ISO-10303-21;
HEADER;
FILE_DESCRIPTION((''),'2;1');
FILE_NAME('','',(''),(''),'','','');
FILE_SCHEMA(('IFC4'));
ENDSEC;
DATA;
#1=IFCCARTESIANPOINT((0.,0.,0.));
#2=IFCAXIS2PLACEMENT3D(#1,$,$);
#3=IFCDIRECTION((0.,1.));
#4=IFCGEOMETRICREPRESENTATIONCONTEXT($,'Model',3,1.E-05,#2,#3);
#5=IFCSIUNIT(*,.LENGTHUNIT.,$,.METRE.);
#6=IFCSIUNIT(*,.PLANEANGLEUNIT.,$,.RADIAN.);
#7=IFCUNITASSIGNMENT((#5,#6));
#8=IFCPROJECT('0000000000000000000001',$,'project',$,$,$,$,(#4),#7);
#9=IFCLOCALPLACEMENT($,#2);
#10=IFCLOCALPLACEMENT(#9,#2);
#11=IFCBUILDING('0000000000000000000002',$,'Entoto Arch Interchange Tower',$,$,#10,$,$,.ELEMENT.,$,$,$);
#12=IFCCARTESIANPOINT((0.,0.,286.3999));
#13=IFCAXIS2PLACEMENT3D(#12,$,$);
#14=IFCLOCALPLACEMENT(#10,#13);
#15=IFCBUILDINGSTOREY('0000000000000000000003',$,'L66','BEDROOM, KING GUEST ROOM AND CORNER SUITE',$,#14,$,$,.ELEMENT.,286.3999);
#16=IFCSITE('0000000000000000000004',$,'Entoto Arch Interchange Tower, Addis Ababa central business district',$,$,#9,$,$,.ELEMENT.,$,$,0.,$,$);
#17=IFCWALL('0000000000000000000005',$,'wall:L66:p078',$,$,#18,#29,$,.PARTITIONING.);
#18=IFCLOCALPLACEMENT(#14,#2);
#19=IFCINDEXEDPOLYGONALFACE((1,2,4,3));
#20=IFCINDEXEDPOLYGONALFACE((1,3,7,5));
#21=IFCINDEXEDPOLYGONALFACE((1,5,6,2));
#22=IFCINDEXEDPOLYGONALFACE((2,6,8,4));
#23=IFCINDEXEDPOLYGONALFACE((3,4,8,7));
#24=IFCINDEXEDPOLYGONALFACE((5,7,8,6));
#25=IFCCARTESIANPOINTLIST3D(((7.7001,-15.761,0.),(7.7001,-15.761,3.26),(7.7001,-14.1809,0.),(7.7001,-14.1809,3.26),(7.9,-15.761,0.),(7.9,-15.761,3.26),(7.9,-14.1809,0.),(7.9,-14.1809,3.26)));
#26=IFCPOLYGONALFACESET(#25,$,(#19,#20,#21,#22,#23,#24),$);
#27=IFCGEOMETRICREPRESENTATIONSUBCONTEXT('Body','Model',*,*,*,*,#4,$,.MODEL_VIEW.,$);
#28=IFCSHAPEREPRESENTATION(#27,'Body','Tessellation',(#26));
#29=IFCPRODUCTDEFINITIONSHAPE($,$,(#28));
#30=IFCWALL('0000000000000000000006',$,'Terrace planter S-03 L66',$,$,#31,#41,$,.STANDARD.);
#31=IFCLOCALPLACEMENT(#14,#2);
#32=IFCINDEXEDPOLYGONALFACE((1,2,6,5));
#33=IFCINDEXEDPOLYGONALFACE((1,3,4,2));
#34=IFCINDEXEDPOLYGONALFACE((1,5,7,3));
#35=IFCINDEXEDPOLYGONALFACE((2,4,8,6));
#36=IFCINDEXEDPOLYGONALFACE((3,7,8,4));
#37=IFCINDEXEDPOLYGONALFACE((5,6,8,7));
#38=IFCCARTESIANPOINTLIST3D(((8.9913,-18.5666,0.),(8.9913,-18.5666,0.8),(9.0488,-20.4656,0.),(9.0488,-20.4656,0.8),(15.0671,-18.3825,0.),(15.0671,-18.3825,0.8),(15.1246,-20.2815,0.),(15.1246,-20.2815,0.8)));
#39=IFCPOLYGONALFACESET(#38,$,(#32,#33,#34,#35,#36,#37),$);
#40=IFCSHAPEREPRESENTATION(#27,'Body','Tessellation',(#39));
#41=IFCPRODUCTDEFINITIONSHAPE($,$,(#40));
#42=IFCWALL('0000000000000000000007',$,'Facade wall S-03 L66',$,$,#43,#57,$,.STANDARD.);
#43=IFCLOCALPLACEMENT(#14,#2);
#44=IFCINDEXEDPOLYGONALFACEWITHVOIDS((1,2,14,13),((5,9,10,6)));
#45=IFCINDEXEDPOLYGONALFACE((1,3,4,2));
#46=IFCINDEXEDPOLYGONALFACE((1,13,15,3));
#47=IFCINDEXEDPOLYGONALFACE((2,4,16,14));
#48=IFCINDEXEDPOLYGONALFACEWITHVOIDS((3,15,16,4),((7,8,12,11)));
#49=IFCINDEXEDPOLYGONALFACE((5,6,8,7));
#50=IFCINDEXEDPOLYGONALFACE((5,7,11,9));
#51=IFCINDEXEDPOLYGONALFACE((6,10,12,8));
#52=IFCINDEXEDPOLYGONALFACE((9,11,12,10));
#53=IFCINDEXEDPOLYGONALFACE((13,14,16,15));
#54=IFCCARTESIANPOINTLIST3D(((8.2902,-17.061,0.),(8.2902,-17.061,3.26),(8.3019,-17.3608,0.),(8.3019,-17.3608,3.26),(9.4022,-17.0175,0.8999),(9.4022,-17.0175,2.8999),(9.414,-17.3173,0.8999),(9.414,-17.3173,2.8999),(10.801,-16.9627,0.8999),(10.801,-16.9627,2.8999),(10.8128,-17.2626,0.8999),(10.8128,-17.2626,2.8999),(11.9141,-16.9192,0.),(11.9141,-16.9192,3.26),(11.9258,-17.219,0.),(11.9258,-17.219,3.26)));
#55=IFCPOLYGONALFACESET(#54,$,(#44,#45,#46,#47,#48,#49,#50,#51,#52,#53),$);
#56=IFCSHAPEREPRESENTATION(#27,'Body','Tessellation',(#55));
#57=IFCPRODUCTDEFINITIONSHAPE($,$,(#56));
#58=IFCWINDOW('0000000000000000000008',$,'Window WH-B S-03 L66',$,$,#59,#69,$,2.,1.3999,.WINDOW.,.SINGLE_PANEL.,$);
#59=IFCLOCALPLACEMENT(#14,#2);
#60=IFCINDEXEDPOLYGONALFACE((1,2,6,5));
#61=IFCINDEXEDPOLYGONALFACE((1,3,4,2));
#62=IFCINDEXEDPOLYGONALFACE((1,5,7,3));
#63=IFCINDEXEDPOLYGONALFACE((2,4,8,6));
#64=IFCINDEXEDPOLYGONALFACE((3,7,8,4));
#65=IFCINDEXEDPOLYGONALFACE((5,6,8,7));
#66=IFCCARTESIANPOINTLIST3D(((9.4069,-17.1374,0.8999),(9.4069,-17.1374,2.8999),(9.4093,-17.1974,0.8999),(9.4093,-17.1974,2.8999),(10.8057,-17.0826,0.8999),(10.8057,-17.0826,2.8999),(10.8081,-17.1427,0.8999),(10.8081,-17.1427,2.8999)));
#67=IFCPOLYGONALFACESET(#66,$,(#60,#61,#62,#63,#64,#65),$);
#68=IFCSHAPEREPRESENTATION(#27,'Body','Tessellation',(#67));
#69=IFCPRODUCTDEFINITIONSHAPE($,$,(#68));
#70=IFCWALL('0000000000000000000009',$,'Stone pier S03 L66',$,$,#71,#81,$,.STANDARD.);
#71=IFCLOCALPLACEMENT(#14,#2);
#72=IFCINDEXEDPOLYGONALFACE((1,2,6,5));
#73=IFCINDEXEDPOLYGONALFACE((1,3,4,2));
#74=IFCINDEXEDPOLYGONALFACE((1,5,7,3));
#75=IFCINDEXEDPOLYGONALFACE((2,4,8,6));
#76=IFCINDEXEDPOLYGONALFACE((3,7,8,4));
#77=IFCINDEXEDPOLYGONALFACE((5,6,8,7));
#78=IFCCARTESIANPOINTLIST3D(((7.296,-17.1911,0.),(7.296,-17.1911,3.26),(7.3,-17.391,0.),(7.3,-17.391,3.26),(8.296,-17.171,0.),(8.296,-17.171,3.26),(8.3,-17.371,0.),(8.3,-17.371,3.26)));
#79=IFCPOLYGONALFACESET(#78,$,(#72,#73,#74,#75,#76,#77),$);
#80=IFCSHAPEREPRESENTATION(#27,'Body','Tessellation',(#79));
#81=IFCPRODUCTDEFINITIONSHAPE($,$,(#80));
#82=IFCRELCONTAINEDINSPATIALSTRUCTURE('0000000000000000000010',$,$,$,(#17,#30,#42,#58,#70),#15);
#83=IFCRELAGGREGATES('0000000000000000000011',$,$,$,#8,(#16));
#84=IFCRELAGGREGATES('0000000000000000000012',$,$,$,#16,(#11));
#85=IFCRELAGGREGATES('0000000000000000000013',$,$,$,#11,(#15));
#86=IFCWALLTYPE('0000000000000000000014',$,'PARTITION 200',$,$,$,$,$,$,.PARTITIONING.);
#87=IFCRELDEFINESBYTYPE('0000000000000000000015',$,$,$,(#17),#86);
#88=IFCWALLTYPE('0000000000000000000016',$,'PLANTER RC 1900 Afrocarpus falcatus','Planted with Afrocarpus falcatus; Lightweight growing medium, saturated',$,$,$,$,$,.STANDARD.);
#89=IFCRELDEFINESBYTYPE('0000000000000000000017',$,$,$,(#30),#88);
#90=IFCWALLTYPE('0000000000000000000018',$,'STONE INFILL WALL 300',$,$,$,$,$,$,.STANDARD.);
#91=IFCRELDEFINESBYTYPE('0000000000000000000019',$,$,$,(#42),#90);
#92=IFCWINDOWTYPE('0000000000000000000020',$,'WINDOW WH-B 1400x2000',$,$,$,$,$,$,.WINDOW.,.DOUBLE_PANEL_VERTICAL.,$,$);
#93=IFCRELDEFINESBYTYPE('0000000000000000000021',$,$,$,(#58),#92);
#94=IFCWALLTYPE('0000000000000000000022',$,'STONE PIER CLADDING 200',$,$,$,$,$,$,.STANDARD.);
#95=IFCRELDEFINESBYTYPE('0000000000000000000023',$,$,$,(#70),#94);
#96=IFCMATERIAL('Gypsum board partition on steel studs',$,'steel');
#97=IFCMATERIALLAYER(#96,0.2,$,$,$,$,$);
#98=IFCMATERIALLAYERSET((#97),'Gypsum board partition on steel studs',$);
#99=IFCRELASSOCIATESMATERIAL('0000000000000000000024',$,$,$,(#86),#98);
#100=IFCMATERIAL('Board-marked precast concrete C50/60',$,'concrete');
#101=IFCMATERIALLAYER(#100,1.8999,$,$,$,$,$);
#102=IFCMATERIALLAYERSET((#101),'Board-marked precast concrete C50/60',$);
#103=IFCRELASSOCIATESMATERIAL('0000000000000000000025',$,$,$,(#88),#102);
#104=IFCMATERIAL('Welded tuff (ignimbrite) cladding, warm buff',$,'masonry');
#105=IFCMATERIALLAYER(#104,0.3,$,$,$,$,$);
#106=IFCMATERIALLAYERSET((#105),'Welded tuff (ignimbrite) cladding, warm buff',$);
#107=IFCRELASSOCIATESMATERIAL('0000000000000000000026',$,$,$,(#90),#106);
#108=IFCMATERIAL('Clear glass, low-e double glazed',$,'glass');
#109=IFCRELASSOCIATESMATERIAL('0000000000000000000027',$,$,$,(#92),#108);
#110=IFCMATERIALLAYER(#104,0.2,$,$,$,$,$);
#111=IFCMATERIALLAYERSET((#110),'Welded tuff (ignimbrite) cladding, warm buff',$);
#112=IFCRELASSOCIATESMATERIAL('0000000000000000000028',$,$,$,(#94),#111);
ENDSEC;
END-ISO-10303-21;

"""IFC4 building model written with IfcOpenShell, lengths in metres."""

from ifc_helpers import new_model, si_unit, direction, frame, frame_2d, origin, place, context, subcontext, project, spatial, rectangle, extrude, material, layer, layer_set, type_object, element, fill, save


model = new_model("IFC4")

# Units and contexts
model_context = context("Model", 3, precision=1e-05, world=origin(), true_north=direction((0.0, 1.0)))
body_context = subcontext(model_context, "Body", "Model", "MODEL_VIEW")
ifc_project = project(units=[si_unit("LENGTHUNIT", "METRE"), si_unit("PLANEANGLEUNIT", "RADIAN")], contexts=[model_context])

# Site, building, storey
site_placement = place(None, origin())
site = spatial("IfcSite", under=ifc_project, at=site_placement, Name="Entoto Arch Interchange Tower, Addis Ababa central business district", CompositionType="ELEMENT", RefElevation=0.0)
building_placement = place(site_placement, origin())
building = spatial("IfcBuilding", under=site, at=building_placement, Name="Entoto Arch Interchange Tower", CompositionType="ELEMENT")
storey_placement = place(building_placement, frame((0.0, 0.0, 286.3999)))
storey = spatial("IfcBuildingStorey", under=building, at=storey_placement, Name="L66", Description="BEDROOM, KING GUEST ROOM AND CORNER SUITE", CompositionType="ELEMENT", Elevation=286.3999)

# Shared definitions
ifc_material_1 = material(Name="Clear glass, low-e double glazed", Category="glass")

# Walls
ifc_material_2 = material(Name="Gypsum board partition on steel studs", Category="steel")
ifc_layer_1 = layer(ifc_material_2, 0.2)
ifc_layer_set_1 = layer_set([ifc_layer_1], Name="Gypsum board partition on steel studs")
wall_type_1 = type_object("IfcWallType", Name="PARTITION 200", PredefinedType="PARTITIONING", material=ifc_layer_set_1)
wall_1_placement = place(storey_placement, frame((7.8, -14.1809, 0.0), z_axis=(0.0, 0.0, 1.0), x_axis=(0.0, -1.0, 0.0)))
element("IfcWall", 1, at=wall_1_placement, inside=storey, type_object=wall_type_1, Name="wall:L66:p078", PredefinedType="PARTITIONING", context=body_context, shape_type="SweptSolid", body=[
    extrude(rectangle(XDim=1.5801, YDim=0.2, at=frame_2d((0.79, 0.0))), origin(), (0.0, 0.0, 1.0), 3.26),
])
ifc_material_3 = material(Name="Board-marked precast concrete C50/60", Category="concrete")
ifc_layer_2 = layer(ifc_material_3, 1.8999)
ifc_layer_set_2 = layer_set([ifc_layer_2], Name="Board-marked precast concrete C50/60")
wall_type_2 = type_object("IfcWallType", Name="PLANTER RC 1900 Afrocarpus falcatus", Description="Planted with Afrocarpus falcatus; Lightweight growing medium, saturated", PredefinedType="STANDARD", material=ifc_layer_set_2)
wall_2_placement = place(storey_placement, frame((9.02, -19.5161, 0.0), z_axis=(0.0, 0.0, 1.0), x_axis=(0.999541, 0.030283, 0.0)))
element("IfcWall", 2, at=wall_2_placement, inside=storey, type_object=wall_type_2, Name="Terrace planter S-03 L66", PredefinedType="STANDARD", context=body_context, shape_type="SweptSolid", body=[
    extrude(rectangle(XDim=6.0786, YDim=1.8999, at=frame_2d((3.0393, 0.0))), origin(), (0.0, 0.0, 1.0), 0.8),
])

# Wall, opening, window
ifc_material_4 = material(Name="Welded tuff (ignimbrite) cladding, warm buff", Category="masonry")
ifc_layer_3 = layer(ifc_material_4, 0.3)
ifc_layer_set_3 = layer_set([ifc_layer_3], Name="Welded tuff (ignimbrite) cladding, warm buff")
wall_type_3 = type_object("IfcWallType", Name="STONE INFILL WALL 300", PredefinedType="STANDARD", material=ifc_layer_set_3)
wall_3_placement = place(storey_placement, frame((8.2959, -17.2109, 0.0), z_axis=(0.0, 0.0, 1.0), x_axis=(0.999235, 0.03911, 0.0)))
wall_3 = element("IfcWall", 3, at=wall_3_placement, inside=storey, type_object=wall_type_3, Name="Facade wall S-03 L66", PredefinedType="STANDARD", context=body_context, shape_type="SweptSolid", body=[
    extrude(rectangle(XDim=3.6267, YDim=0.3, at=frame_2d((1.8135, 0.0))), origin(), (0.0, 0.0, 1.0), 3.26),
])
opening_placement = place(wall_3_placement, frame((1.113, 0.0, 0.8999)))
opening = element("IfcOpeningElement", 4, at=opening_placement, cuts=wall_3, PredefinedType="OPENING", context=body_context, shape_type="SweptSolid", body=[
    extrude(rectangle(XDim=1.3999, YDim=2.0, at=frame_2d((0.7, 1.0))), frame((0.0, 0.1602, 0.0), z_axis=(0.0, -1.0, 0.0), x_axis=(1.0, 0.0, 0.0)), (0.0, 0.0, 1.0), 0.3201),
])
window_type = type_object("IfcWindowType", Name="WINDOW WH-B 1400x2000", PartitioningType="DOUBLE_PANEL_VERTICAL", PredefinedType="WINDOW", material=ifc_material_1)
window_placement = place(opening_placement, origin())
window = element("IfcWindow", 5, at=window_placement, inside=storey, type_object=window_type, Name="Window WH-B S-03 L66", OverallHeight=2.0, OverallWidth=1.3999, PartitioningType="SINGLE_PANEL", PredefinedType="WINDOW", context=body_context, shape_type="SweptSolid", body=[
    extrude(rectangle(XDim=1.3999, YDim=2.0, at=frame_2d((0.7, 1.0))), frame((0.0, 0.03, 0.0), z_axis=(0.0, -1.0, 0.0), x_axis=(1.0, 0.0, 0.0)), (0.0, 0.0, 1.0), 0.0601),
])
fill(opening, window)

# Wall
ifc_layer_4 = layer(ifc_material_4, 0.2)
ifc_layer_set_4 = layer_set([ifc_layer_4], Name="Welded tuff (ignimbrite) cladding, warm buff")
wall_type_4 = type_object("IfcWallType", Name="STONE PIER CLADDING 200", PredefinedType="STANDARD", material=ifc_layer_set_4)
wall_4_placement = place(storey_placement, frame((7.2981, -17.291, 0.0), z_axis=(0.0, 0.0, 1.0), x_axis=(0.9998, 0.020016, 0.0)))
element("IfcWall", 6, at=wall_4_placement, inside=storey, type_object=wall_type_4, Name="Stone pier S03 L66", PredefinedType="STANDARD", context=body_context, shape_type="SweptSolid", body=[
    extrude(rectangle(XDim=1.0002, YDim=0.2, at=frame_2d((0.5, 0.0))), origin(), (0.0, 0.0, 1.0), 3.26),
])

save(model, "model.ifc")
